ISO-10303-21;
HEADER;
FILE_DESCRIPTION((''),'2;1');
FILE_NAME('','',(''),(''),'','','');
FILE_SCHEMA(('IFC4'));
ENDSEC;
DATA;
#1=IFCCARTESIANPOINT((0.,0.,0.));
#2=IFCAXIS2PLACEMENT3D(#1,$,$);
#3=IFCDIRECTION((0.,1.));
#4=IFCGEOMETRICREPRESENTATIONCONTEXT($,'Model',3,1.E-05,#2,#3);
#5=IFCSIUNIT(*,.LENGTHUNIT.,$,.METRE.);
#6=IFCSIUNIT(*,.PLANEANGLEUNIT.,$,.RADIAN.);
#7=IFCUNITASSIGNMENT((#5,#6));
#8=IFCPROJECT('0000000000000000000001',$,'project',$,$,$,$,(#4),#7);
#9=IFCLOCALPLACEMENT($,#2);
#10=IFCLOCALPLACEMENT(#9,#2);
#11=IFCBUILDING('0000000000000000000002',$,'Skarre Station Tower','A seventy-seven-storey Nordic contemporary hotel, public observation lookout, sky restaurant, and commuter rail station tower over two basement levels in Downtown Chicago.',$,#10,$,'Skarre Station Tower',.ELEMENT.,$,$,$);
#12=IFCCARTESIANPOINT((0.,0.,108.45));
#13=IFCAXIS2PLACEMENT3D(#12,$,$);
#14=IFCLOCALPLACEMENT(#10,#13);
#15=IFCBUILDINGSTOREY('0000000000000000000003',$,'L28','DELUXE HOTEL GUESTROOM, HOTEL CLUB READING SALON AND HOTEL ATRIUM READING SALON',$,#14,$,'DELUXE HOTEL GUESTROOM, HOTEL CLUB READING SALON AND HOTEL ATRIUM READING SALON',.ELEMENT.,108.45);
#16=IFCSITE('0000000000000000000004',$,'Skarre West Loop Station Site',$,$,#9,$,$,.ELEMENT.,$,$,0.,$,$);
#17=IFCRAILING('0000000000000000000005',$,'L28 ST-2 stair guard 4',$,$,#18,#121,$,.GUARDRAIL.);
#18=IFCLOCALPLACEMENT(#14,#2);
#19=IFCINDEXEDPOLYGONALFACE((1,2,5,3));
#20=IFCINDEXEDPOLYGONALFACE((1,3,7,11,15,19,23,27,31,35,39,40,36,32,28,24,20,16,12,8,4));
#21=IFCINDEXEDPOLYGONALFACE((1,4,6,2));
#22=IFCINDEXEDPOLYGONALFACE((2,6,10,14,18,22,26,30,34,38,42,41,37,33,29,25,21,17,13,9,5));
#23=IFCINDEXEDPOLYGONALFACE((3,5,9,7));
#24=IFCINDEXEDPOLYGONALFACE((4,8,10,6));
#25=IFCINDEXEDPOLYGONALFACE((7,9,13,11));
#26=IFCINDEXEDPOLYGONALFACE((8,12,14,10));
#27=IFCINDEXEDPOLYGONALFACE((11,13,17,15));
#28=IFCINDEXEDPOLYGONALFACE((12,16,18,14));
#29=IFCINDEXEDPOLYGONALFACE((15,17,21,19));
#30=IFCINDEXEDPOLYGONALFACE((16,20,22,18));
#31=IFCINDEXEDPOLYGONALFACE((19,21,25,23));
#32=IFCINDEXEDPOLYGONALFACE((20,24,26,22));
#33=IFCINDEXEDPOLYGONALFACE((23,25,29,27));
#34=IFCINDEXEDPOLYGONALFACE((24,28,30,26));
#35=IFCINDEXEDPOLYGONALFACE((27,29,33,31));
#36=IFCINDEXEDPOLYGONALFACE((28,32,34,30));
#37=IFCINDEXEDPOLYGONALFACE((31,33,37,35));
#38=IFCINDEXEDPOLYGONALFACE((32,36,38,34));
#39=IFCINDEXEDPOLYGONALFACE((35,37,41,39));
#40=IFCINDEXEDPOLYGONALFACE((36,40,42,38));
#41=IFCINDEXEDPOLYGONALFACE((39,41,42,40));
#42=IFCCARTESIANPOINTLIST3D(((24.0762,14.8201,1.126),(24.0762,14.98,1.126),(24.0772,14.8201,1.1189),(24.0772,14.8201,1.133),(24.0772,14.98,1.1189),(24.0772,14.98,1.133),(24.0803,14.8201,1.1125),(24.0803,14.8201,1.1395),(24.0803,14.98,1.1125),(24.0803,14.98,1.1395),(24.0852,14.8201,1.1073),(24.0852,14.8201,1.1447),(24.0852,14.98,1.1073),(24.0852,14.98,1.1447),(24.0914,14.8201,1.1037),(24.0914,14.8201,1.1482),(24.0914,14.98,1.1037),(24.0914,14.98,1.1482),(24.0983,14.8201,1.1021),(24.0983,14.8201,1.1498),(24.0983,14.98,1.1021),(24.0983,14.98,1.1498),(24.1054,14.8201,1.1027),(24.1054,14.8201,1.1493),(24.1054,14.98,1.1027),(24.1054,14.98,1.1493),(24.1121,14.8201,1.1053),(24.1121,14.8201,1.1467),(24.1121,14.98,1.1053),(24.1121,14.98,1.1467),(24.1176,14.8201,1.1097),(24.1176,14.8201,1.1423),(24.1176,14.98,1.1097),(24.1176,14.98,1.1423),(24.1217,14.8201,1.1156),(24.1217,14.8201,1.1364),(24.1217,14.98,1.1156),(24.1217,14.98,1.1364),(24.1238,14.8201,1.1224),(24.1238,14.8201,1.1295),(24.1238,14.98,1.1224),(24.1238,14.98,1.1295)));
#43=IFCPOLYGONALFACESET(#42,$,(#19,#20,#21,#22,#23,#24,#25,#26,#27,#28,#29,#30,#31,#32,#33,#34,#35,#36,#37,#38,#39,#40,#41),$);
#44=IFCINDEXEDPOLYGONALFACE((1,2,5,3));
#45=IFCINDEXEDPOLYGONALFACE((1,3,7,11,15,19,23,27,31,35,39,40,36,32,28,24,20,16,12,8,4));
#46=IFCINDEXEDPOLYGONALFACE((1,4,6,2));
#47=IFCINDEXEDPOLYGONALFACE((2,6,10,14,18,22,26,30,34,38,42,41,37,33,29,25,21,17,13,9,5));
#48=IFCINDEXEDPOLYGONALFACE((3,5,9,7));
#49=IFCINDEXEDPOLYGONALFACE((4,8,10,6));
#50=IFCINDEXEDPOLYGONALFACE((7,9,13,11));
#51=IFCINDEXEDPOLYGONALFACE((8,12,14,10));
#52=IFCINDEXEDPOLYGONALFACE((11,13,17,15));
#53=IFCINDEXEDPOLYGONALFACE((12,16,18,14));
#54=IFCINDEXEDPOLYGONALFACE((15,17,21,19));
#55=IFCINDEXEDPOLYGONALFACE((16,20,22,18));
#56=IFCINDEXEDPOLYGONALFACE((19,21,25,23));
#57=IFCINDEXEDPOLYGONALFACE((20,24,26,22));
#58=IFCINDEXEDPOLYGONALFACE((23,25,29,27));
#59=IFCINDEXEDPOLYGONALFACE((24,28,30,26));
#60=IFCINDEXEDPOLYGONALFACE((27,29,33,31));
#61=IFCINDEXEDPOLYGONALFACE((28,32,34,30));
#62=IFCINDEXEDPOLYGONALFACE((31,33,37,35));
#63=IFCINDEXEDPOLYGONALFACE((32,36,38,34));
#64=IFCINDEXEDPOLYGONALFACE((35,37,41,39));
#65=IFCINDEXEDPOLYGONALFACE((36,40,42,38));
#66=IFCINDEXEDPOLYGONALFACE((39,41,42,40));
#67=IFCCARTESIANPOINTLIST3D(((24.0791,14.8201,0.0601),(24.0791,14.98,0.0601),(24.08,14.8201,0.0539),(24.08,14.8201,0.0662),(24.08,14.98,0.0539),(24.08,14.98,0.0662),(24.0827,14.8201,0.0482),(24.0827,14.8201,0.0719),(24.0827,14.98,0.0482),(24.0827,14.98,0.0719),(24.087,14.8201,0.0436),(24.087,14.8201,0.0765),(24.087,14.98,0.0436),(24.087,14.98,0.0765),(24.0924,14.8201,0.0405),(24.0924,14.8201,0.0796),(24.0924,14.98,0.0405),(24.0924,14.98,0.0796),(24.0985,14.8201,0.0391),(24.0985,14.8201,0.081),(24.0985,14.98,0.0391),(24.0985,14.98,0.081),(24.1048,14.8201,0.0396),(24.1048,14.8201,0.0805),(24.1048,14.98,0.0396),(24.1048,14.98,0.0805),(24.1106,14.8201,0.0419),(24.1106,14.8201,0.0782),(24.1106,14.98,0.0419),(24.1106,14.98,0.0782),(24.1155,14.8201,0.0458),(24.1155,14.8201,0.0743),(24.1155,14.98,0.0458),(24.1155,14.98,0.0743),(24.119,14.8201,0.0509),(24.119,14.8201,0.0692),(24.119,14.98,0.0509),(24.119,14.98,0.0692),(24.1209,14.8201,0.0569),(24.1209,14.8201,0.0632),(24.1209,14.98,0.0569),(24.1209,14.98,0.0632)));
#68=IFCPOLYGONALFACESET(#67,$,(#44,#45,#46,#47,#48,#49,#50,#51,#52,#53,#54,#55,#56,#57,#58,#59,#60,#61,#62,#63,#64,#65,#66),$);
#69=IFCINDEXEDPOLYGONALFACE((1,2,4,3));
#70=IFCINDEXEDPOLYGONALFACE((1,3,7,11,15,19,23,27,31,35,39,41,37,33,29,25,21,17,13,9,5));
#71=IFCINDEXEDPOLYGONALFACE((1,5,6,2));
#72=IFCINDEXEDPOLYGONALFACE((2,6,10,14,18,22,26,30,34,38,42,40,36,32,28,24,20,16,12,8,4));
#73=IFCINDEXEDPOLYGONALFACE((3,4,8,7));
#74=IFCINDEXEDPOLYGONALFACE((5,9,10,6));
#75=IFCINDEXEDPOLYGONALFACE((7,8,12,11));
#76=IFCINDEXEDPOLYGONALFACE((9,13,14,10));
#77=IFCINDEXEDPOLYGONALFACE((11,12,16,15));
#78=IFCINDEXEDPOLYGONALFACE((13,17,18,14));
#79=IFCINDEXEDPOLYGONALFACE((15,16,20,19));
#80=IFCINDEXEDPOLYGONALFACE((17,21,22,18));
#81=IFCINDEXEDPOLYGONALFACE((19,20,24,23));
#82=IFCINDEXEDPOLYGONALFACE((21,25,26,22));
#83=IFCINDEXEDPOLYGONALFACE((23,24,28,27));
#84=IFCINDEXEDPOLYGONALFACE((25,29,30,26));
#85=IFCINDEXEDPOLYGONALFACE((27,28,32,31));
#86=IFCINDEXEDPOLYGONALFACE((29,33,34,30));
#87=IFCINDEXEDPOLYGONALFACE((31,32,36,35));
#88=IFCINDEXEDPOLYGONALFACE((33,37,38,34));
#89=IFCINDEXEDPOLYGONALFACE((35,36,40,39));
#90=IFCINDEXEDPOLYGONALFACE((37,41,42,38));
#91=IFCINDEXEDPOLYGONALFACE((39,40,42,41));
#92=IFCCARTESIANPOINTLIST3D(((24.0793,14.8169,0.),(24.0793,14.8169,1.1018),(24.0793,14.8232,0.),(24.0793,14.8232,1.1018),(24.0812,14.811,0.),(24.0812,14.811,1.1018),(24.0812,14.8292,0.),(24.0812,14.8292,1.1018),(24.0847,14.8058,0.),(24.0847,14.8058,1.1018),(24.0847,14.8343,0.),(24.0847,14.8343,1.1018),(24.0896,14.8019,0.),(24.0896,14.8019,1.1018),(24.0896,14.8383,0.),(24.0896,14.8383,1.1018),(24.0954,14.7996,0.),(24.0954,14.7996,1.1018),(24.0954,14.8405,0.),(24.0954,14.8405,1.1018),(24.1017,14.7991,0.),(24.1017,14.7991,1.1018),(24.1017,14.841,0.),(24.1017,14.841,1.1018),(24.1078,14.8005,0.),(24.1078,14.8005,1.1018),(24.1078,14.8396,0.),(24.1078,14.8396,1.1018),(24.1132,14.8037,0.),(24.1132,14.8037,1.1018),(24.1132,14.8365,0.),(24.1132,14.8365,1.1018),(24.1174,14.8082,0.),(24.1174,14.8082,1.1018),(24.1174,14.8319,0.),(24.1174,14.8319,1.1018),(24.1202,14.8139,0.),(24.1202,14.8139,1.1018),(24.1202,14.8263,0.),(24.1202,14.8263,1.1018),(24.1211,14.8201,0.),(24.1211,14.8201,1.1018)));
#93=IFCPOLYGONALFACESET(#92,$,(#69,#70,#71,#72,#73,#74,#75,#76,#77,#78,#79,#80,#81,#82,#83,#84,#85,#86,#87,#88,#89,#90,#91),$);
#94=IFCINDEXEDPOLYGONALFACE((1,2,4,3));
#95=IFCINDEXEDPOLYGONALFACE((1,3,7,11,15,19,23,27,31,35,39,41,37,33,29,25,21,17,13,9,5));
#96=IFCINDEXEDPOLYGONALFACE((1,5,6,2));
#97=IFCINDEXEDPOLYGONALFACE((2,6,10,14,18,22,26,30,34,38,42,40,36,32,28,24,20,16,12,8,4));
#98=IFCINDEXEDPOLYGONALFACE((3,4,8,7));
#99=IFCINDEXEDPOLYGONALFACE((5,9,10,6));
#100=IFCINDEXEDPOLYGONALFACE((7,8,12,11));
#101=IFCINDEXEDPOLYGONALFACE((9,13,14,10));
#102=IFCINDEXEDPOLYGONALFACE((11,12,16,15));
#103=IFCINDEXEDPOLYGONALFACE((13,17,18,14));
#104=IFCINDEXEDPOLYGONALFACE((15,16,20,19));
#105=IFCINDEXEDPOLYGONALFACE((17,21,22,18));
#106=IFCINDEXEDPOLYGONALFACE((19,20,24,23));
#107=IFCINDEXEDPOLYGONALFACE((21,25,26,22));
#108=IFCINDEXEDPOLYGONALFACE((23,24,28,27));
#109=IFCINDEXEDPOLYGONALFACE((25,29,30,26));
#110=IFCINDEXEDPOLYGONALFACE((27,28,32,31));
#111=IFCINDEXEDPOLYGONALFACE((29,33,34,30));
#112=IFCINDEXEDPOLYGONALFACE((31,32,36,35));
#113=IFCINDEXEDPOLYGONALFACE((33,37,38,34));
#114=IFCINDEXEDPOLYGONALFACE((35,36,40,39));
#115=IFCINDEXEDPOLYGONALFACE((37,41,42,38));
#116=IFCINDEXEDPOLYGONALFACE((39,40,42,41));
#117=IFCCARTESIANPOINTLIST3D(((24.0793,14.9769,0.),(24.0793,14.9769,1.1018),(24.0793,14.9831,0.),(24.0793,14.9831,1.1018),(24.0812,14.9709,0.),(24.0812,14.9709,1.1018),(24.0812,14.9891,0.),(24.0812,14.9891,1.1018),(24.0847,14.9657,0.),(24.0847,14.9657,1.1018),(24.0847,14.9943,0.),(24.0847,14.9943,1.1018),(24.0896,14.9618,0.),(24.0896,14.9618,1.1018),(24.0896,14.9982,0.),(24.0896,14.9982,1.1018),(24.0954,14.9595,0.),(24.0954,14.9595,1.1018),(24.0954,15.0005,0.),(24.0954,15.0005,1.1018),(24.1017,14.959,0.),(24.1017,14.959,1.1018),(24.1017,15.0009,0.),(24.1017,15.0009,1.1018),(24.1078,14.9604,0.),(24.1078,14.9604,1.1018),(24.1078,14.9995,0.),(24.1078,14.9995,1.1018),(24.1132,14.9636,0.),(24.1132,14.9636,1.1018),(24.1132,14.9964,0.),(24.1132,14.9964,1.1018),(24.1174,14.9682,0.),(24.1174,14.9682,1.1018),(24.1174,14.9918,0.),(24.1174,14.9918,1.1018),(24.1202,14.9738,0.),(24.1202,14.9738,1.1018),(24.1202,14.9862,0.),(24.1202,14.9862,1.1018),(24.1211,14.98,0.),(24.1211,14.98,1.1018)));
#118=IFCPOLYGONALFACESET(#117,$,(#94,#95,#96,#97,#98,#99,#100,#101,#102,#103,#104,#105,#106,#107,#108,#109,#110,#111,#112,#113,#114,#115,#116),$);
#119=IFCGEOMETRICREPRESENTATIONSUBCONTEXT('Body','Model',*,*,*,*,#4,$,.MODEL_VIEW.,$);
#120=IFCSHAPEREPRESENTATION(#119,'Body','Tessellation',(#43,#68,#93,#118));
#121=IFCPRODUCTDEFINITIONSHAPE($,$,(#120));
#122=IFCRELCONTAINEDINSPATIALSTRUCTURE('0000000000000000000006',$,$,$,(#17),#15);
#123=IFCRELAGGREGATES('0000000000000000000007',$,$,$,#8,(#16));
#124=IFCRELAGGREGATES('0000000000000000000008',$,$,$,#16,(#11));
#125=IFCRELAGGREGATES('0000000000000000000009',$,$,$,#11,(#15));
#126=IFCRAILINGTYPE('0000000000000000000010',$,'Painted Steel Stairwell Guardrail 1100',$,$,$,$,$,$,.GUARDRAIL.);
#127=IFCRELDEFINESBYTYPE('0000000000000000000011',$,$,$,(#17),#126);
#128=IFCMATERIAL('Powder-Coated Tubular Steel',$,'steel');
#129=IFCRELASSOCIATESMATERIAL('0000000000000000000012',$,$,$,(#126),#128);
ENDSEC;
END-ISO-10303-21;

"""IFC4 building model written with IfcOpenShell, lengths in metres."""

from ifc_helpers import new_model, si_unit, direction, frame, origin, origin_2d, place, context, subcontext, project, spatial, circle, extrude, material, type_object, element, save


model = new_model("IFC4")

# Units and contexts
model_context = context("Model", 3, precision=1e-05, world=origin(), true_north=direction((0.0, 1.0)))
body_context = subcontext(model_context, "Body", "Model", "MODEL_VIEW")
ifc_project = project(units=[si_unit("LENGTHUNIT", "METRE"), si_unit("PLANEANGLEUNIT", "RADIAN")], contexts=[model_context])

# Site, building, storey
site_placement = place(None, origin())
site = spatial("IfcSite", under=ifc_project, at=site_placement, Name="Skarre West Loop Station Site", CompositionType="ELEMENT", RefElevation=0.0)
building_placement = place(site_placement, origin())
building = spatial("IfcBuilding", under=site, at=building_placement, Name="Skarre Station Tower", Description="A seventy-seven-storey Nordic contemporary hotel, public observation lookout, sky restaurant, and commuter rail station tower over two basement levels in Downtown Chicago.", LongName="Skarre Station Tower", CompositionType="ELEMENT")
storey_placement = place(building_placement, frame((0.0, 0.0, 108.45)))
storey = spatial("IfcBuildingStorey", under=building, at=storey_placement, Name="L28", Description="DELUXE HOTEL GUESTROOM, HOTEL CLUB READING SALON AND HOTEL ATRIUM READING SALON", LongName="DELUXE HOTEL GUESTROOM, HOTEL CLUB READING SALON AND HOTEL ATRIUM READING SALON", CompositionType="ELEMENT", Elevation=108.45)

# Railing
ifc_material_1 = material(Name="Powder-Coated Tubular Steel", Category="steel")
railing_type_1 = type_object("IfcRailingType", Name="Painted Steel Stairwell Guardrail 1100", PredefinedType="GUARDRAIL", material=ifc_material_1)
railing_1_placement = place(storey_placement, frame((24.1001, 14.8201, 0.0)))
element("IfcRailing", 1, at=railing_1_placement, inside=storey, type_object=railing_type_1, Name="L28 ST-2 stair guard 4", PredefinedType="GUARDRAIL", context=body_context, shape_type="SweptSolid", body=[
    extrude(circle(Radius=0.0239, at=origin_2d()), frame((0.0, 0.0, 1.126), z_axis=(0.0, 1.0, 0.0), x_axis=(-1.0, 0.0, 0.0)), (0.0, 0.0, 1.0), 0.1599),
    extrude(circle(Radius=0.021, at=origin_2d()), frame((0.0, 0.0, 0.0601), z_axis=(0.0, 1.0, 0.0), x_axis=(-1.0, 0.0, 0.0)), (0.0, 0.0, 1.0), 0.1599),
    extrude(circle(Radius=0.021, at=origin_2d()), origin(), (0.0, 0.0, 1.0), 1.1018),
    extrude(circle(Radius=0.021, at=origin_2d()), frame((0.0, 0.1599, 0.0)), (0.0, 0.0, 1.0), 1.1018),
])

save(model, "model.ifc")
